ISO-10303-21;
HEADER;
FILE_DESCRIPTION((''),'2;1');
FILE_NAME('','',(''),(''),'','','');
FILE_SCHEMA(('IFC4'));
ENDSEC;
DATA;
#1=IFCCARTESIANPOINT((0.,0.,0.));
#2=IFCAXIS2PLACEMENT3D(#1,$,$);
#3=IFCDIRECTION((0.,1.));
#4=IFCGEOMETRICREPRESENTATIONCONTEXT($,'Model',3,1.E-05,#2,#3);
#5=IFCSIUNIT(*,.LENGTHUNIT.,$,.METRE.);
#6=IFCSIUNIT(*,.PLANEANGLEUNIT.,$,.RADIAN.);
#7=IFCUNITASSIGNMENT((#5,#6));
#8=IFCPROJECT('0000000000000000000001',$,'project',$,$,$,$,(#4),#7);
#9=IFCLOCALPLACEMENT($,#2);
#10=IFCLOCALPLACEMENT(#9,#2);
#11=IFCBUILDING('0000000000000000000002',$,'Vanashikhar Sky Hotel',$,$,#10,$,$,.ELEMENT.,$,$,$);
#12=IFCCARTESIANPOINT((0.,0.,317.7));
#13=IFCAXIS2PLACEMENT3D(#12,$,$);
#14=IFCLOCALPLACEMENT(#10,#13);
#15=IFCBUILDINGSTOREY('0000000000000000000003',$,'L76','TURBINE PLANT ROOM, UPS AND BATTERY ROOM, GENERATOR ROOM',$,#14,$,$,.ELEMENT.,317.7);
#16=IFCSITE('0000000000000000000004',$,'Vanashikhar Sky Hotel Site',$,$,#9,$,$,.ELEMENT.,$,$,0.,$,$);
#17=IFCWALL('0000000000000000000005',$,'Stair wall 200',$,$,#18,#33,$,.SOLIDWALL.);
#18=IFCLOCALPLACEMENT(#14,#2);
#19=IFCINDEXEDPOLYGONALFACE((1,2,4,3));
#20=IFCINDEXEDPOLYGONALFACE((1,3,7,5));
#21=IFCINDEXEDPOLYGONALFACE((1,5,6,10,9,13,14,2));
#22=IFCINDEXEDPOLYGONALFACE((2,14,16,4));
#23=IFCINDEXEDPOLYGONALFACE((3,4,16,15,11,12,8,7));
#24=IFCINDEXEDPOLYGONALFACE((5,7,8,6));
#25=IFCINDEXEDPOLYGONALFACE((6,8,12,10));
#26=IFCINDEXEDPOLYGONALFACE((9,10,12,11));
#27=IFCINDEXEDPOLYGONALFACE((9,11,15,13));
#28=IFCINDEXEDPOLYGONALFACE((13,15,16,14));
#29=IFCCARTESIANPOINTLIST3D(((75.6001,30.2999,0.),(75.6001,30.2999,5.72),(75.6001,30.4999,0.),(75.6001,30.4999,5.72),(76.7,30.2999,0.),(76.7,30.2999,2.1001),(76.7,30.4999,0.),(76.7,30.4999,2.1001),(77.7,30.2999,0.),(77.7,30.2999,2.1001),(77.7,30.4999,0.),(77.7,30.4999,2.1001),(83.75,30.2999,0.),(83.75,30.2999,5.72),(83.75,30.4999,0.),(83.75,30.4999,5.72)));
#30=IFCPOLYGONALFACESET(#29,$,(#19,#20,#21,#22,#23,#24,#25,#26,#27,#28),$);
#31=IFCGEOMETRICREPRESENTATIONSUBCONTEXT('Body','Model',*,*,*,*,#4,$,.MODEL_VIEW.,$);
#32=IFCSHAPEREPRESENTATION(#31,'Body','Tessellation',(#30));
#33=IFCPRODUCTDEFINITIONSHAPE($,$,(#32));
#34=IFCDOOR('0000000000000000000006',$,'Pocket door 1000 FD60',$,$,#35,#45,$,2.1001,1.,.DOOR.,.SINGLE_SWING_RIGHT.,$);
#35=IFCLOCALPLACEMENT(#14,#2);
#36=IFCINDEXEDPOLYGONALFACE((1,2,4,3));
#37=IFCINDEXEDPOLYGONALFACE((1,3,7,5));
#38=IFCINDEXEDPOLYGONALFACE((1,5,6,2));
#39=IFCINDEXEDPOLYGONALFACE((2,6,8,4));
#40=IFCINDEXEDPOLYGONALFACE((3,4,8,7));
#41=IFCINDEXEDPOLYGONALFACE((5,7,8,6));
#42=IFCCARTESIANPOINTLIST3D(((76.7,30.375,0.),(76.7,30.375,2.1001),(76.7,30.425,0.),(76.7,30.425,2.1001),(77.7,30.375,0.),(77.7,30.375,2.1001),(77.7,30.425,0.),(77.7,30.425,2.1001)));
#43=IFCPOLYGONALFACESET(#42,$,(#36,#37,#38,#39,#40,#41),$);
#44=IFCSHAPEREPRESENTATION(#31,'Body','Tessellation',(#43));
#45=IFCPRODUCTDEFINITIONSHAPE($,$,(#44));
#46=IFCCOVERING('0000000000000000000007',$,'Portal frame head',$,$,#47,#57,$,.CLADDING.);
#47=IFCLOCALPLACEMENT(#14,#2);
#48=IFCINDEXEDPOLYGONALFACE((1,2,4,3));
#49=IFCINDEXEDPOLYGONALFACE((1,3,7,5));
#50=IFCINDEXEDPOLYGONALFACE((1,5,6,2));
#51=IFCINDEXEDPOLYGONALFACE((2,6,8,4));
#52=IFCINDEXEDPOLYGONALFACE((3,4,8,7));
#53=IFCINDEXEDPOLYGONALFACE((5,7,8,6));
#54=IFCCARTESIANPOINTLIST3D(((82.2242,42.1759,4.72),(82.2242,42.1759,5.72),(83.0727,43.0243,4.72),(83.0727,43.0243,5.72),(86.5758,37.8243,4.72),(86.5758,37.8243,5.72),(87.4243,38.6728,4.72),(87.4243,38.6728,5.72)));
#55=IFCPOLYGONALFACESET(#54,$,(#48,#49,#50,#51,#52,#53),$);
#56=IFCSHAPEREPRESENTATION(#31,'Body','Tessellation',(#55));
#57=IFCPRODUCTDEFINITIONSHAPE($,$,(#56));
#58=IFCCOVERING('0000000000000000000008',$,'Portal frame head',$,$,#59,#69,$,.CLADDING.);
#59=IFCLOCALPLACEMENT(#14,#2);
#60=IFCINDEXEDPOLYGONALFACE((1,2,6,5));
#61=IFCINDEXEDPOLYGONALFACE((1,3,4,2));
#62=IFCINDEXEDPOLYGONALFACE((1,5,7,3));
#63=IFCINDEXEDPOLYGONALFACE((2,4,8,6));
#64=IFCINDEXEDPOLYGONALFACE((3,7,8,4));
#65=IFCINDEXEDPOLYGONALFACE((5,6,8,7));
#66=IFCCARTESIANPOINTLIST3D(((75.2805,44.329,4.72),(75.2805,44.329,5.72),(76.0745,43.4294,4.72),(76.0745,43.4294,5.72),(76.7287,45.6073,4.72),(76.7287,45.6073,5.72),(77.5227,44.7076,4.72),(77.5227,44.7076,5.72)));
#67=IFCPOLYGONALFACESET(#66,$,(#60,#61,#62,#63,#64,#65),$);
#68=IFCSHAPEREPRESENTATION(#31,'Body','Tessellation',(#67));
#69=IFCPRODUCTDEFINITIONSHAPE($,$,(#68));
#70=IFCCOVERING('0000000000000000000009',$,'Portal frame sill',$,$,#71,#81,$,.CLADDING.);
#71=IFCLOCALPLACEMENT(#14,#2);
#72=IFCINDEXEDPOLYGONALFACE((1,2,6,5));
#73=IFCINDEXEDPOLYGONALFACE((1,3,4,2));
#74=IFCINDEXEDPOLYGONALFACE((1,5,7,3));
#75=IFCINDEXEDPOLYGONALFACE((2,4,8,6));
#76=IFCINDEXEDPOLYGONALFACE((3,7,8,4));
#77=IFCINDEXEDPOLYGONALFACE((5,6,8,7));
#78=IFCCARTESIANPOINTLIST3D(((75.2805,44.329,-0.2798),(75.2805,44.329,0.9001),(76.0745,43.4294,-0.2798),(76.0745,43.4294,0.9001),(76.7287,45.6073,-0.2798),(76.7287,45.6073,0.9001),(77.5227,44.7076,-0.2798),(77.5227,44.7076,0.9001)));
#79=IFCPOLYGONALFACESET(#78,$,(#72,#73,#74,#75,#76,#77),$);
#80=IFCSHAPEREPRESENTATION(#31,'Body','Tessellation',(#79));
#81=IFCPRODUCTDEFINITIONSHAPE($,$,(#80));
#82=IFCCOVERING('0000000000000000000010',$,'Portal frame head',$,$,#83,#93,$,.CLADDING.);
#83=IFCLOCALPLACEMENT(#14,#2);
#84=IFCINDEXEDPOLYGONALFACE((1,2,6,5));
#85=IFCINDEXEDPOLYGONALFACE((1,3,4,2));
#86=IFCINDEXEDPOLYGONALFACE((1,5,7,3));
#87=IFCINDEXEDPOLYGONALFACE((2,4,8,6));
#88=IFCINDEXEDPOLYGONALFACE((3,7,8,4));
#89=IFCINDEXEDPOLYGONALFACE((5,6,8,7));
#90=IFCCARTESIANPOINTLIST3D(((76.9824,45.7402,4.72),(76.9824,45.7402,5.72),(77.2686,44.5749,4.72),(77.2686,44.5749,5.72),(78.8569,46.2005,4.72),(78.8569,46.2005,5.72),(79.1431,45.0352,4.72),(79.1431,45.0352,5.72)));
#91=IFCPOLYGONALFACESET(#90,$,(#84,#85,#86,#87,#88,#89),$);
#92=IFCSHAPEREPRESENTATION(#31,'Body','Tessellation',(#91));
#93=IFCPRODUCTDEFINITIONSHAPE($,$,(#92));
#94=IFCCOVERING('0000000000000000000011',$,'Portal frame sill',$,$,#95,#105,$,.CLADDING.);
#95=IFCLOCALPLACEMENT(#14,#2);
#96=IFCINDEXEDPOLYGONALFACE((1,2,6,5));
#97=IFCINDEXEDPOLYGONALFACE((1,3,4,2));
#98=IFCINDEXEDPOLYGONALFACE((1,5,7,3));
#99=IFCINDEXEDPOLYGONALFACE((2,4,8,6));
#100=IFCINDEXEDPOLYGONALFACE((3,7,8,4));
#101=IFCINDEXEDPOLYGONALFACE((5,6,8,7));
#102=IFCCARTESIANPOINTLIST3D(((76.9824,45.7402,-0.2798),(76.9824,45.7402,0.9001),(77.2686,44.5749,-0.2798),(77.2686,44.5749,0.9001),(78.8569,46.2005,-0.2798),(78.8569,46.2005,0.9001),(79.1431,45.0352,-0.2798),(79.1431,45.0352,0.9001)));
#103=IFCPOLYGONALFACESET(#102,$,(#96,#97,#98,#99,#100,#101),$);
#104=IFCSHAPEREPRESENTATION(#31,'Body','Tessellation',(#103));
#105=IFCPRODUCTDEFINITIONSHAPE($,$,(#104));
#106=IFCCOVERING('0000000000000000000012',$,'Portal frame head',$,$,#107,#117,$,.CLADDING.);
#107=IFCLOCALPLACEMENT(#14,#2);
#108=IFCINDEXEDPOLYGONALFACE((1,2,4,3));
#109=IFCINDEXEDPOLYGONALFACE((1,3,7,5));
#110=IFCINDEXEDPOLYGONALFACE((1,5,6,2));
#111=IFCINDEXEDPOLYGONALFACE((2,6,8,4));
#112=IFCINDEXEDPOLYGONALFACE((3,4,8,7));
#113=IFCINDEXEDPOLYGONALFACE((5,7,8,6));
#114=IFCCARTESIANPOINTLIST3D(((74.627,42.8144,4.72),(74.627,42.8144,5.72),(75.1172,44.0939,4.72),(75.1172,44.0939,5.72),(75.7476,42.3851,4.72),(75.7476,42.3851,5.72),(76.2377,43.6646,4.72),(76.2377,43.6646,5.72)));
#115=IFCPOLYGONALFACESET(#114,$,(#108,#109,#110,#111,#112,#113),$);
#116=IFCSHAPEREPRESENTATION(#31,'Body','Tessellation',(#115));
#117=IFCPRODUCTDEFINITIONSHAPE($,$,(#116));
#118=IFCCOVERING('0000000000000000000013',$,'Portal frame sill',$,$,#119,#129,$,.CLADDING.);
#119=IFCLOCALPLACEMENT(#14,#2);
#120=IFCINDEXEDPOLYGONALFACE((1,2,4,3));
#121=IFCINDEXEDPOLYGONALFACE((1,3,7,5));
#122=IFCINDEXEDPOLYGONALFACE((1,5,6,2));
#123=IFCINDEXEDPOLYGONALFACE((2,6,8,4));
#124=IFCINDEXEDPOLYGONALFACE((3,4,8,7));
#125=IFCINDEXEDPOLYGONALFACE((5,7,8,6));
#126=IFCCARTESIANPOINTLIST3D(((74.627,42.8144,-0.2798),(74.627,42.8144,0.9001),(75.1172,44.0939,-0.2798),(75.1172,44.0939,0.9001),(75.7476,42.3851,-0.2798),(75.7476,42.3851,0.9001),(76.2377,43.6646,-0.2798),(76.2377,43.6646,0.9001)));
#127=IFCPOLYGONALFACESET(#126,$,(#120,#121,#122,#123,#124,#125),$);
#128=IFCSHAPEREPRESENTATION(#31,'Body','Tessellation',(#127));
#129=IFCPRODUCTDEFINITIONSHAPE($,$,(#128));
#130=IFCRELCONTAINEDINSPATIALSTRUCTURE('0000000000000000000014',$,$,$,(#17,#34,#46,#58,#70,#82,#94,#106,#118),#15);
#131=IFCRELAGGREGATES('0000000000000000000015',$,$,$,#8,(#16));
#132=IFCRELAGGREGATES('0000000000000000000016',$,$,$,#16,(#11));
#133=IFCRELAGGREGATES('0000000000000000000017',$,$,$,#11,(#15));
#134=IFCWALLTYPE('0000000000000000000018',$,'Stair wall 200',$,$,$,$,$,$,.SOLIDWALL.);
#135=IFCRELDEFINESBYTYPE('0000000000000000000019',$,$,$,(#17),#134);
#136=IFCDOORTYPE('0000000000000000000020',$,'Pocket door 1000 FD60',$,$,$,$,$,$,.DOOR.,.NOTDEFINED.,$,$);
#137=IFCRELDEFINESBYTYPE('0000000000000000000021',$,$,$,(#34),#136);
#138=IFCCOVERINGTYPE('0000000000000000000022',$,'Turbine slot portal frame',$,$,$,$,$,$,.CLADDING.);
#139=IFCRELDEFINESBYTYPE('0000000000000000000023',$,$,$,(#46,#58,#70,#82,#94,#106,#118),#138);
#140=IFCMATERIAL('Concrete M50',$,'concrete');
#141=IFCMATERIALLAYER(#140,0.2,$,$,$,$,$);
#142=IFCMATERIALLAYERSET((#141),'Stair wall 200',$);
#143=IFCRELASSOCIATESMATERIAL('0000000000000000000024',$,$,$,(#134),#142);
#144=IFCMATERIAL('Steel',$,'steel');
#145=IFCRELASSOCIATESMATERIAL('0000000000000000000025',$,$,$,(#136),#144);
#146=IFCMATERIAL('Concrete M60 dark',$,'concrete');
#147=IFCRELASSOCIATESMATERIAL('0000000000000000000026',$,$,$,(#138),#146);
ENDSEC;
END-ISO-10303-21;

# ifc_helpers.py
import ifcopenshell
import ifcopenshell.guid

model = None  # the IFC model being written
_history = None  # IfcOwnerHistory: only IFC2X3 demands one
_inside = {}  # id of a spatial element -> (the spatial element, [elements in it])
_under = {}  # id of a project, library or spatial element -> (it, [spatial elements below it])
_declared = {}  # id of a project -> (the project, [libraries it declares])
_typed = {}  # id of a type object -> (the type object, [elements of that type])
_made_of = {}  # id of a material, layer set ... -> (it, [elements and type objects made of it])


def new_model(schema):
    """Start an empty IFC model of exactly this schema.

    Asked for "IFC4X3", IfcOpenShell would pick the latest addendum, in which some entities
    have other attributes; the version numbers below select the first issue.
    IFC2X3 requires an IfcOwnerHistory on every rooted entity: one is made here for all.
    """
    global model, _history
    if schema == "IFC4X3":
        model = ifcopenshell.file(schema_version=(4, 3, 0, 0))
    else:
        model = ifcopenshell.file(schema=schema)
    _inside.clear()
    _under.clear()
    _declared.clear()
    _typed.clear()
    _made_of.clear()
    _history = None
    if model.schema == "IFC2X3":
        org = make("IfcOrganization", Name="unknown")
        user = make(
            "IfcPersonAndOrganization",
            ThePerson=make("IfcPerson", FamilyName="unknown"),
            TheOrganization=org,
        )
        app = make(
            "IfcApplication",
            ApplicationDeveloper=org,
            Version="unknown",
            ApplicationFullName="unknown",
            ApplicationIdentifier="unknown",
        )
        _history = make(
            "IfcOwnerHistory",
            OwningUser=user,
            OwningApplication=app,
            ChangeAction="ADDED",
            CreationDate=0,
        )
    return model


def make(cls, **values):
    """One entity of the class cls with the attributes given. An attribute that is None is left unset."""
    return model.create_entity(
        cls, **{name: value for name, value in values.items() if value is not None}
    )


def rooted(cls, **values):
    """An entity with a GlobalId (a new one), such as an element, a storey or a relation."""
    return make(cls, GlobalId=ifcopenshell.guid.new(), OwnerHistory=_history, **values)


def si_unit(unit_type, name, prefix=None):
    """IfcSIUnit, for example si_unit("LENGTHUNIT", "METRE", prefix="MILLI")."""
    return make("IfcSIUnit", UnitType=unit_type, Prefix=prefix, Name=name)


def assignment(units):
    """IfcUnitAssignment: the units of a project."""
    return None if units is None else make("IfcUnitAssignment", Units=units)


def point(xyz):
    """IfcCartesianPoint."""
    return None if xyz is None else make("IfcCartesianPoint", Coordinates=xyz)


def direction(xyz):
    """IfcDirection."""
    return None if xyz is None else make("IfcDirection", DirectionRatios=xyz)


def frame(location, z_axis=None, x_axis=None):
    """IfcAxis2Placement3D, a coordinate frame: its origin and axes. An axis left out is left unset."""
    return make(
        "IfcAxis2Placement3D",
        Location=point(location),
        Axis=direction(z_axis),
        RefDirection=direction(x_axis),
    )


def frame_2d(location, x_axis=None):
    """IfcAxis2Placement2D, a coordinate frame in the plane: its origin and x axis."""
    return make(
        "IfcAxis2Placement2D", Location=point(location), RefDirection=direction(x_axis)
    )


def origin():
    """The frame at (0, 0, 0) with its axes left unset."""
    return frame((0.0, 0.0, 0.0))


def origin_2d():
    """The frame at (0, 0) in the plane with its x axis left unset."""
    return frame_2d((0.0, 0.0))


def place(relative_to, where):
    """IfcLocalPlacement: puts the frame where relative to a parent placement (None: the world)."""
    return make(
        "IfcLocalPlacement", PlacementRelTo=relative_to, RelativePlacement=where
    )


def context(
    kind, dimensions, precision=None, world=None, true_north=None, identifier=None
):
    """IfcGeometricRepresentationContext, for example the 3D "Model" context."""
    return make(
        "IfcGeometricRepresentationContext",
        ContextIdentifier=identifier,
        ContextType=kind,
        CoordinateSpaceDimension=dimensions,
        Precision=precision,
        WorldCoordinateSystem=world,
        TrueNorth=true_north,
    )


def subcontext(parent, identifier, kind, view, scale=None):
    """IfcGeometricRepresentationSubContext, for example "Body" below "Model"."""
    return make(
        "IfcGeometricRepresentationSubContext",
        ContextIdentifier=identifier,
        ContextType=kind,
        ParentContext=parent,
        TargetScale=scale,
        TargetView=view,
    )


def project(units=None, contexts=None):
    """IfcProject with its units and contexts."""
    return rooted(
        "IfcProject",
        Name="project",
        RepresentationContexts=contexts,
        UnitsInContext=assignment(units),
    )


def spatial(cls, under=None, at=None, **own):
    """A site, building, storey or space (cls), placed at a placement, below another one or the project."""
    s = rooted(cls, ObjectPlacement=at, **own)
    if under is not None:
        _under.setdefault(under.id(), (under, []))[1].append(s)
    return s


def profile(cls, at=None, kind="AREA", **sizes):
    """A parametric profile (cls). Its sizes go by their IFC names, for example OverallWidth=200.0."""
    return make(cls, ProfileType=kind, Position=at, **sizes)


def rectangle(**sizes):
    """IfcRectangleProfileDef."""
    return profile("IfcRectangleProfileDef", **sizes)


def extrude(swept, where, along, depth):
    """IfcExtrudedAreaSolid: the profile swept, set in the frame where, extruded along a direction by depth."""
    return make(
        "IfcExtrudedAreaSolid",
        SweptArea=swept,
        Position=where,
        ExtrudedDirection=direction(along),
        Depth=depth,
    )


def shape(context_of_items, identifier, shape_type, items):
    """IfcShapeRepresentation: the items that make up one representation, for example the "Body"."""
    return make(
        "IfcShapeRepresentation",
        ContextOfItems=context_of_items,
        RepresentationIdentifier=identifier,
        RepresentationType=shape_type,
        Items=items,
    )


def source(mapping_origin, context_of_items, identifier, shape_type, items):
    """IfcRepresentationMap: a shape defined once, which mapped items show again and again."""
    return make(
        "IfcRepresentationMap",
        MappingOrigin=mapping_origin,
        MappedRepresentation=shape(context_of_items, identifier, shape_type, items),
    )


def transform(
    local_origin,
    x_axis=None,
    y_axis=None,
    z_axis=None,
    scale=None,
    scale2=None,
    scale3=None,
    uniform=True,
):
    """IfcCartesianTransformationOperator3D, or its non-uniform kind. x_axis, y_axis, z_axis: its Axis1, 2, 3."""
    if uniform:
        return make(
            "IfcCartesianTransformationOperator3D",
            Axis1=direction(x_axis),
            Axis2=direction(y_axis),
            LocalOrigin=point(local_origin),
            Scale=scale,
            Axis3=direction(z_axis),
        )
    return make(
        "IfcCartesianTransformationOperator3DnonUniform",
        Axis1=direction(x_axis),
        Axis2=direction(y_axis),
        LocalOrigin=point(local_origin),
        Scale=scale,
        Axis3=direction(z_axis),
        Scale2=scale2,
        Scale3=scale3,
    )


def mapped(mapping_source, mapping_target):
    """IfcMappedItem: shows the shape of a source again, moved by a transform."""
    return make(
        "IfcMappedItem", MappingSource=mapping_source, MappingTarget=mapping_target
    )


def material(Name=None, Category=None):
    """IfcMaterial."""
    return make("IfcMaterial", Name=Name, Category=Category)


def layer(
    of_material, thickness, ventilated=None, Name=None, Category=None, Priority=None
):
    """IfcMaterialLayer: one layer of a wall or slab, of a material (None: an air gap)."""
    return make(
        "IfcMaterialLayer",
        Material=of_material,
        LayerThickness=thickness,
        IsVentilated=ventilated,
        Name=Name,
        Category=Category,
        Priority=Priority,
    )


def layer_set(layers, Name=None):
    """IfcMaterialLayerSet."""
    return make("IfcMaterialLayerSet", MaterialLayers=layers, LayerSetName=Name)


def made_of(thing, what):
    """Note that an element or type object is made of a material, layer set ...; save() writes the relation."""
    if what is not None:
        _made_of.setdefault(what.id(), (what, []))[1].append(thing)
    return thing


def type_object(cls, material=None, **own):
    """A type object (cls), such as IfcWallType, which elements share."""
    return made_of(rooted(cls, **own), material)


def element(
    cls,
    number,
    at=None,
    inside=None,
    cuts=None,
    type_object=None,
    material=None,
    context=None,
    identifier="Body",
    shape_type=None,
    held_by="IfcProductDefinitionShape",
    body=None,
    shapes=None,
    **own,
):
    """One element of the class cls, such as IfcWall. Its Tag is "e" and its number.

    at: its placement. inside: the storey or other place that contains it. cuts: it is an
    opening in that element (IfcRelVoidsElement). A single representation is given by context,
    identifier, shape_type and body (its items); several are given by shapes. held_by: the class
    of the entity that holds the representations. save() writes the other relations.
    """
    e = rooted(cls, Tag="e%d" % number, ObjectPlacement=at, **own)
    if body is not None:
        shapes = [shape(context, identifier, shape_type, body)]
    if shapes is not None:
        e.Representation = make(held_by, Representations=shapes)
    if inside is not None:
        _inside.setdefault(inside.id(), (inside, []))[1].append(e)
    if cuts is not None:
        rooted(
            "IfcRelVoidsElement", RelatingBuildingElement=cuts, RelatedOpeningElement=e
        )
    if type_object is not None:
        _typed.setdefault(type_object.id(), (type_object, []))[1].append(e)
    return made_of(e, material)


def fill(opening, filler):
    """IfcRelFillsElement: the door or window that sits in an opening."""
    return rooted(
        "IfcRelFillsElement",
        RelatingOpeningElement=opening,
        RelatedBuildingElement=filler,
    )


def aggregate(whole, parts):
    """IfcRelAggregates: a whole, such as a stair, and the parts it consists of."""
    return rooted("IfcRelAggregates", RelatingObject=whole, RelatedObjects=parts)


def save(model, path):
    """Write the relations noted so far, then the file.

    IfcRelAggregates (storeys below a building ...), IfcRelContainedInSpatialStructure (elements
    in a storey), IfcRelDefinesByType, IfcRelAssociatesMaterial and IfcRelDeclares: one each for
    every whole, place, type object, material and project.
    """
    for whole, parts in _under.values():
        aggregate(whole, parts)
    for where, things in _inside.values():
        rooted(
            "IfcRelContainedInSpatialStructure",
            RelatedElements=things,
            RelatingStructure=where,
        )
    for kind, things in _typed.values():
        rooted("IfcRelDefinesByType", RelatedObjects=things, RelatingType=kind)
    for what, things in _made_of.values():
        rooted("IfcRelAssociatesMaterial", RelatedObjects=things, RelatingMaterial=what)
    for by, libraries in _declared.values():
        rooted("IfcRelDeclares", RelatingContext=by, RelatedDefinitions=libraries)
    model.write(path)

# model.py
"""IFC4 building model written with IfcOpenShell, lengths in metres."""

from ifc_helpers import new_model, si_unit, direction, frame, frame_2d, origin, origin_2d, place, context, subcontext, project, spatial, rectangle, extrude, source, transform, mapped, material, layer, layer_set, type_object, element, fill, save


model = new_model("IFC4")

# Units and contexts
model_context = context("Model", 3, precision=1e-05, world=origin(), true_north=direction((0.0, 1.0)))
body_context = subcontext(model_context, "Body", "Model", "MODEL_VIEW")
ifc_project = project(units=[si_unit("LENGTHUNIT", "METRE"), si_unit("PLANEANGLEUNIT", "RADIAN")], contexts=[model_context])

# Site, building, storey
site_placement = place(None, origin())
site = spatial("IfcSite", under=ifc_project, at=site_placement, Name="Vanashikhar Sky Hotel Site", CompositionType="ELEMENT", RefElevation=0.0)
building_placement = place(site_placement, origin())
building = spatial("IfcBuilding", under=site, at=building_placement, Name="Vanashikhar Sky Hotel", CompositionType="ELEMENT")
storey_placement = place(building_placement, frame((0.0, 0.0, 317.7)))
storey = spatial("IfcBuildingStorey", under=building, at=storey_placement, Name="L76", Description="TURBINE PLANT ROOM, UPS AND BATTERY ROOM, GENERATOR ROOM", CompositionType="ELEMENT", Elevation=317.7)

# Wall, opening, door
ifc_material_1 = material(Name="Concrete M50", Category="concrete")
ifc_layer = layer(ifc_material_1, 0.2)
ifc_layer_set = layer_set([ifc_layer], Name="Stair wall 200")
wall_type = type_object("IfcWallType", Name="Stair wall 200", PredefinedType="SOLIDWALL", material=ifc_layer_set)
shared_shape_1 = source(origin(), body_context, "Body", "SweptSolid", [
    extrude(rectangle(XDim=8.1499, YDim=0.2, at=frame_2d((4.075, 0.0))), origin(), (0.0, 0.0, 1.0), 5.72),
])
wall_placement = place(storey_placement, frame((83.75, 30.3999, 0.0), z_axis=(0.0, 0.0, 1.0), x_axis=(-1.0, 0.0, 0.0)))
wall = element("IfcWall", 1, at=wall_placement, inside=storey, type_object=wall_type, Name="Stair wall 200", PredefinedType="SOLIDWALL", context=body_context, shape_type="MappedRepresentation", body=[
    mapped(shared_shape_1, transform((0.0, 0.0, 0.0), scale=1.0)),
])
shared_shape_2 = source(origin(), body_context, "Body", "SweptSolid", [
    extrude(rectangle(XDim=1.0, YDim=2.1001, at=frame_2d((0.5, 1.05))), frame((0.0, 0.1099, 0.0), z_axis=(0.0, -1.0, 0.0), x_axis=(1.0, 0.0, 0.0)), (0.0, 0.0, 1.0), 0.22),
])
opening_placement = place(wall_placement, frame((6.05, 0.0, 0.0)))
opening = element("IfcOpeningElement", 2, at=opening_placement, cuts=wall, PredefinedType="OPENING", context=body_context, shape_type="MappedRepresentation", body=[
    mapped(shared_shape_2, transform((0.0, 0.0, 0.0), scale=1.0)),
])
ifc_material_2 = material(Name="Steel", Category="steel")
door_type = type_object("IfcDoorType", Name="Pocket door 1000 FD60", OperationType="NOTDEFINED", PredefinedType="DOOR", material=ifc_material_2)
shared_shape_3 = source(origin(), body_context, "Body", "SweptSolid", [
    extrude(rectangle(XDim=1.0, YDim=2.1001, at=frame_2d((0.5, 1.05))), frame((0.0, 0.0249, 0.0), z_axis=(0.0, -1.0, 0.0), x_axis=(1.0, 0.0, 0.0)), (0.0, 0.0, 1.0), 0.05),
])
door_placement = place(opening_placement, origin())
door = element("IfcDoor", 3, at=door_placement, inside=storey, type_object=door_type, Name="Pocket door 1000 FD60", OperationType="SINGLE_SWING_RIGHT", OverallHeight=2.1001, OverallWidth=1.0, PredefinedType="DOOR", context=body_context, shape_type="MappedRepresentation", body=[
    mapped(shared_shape_3, transform((0.0, 0.0, 0.0), scale=1.0)),
])
fill(opening, door)

# Coverings
ifc_material_3 = material(Name="Concrete M60 dark", Category="concrete")
covering_type = type_object("IfcCoveringType", Name="Turbine slot portal frame", PredefinedType="CLADDING", material=ifc_material_3)
shared_shape_4 = source(origin(), body_context, "Body", "SweptSolid", [
    extrude(rectangle(XDim=6.1541, YDim=1.2, at=origin_2d()), origin(), (0.0, 0.0, 1.0), 1.0),
])
covering_1_placement = place(storey_placement, frame((84.8242, 40.4243, 4.72), z_axis=(0.0, 0.0, 1.0), x_axis=(-0.707107, 0.707107, 0.0)))
element("IfcCovering", 4, at=covering_1_placement, inside=storey, type_object=covering_type, Name="Portal frame head", PredefinedType="CLADDING", context=body_context, shape_type="MappedRepresentation", body=[
    mapped(shared_shape_4, transform((0.0, 0.0, 0.0), scale=1.0)),
])
shared_shape_5 = source(origin(), body_context, "Body", "SweptSolid", [
    extrude(rectangle(XDim=1.9316, YDim=1.2, at=origin_2d()), origin(), (0.0, 0.0, 1.0), 1.0),
])
covering_2_placement = place(storey_placement, frame((76.4016, 44.5183, 4.72), z_axis=(0.0, 0.0, 1.0), x_axis=(-0.749742, -0.661731, 0.0)))
element("IfcCovering", 5, at=covering_2_placement, inside=storey, type_object=covering_type, Name="Portal frame head", PredefinedType="CLADDING", context=body_context, shape_type="MappedRepresentation", body=[
    mapped(shared_shape_5, transform((0.0, 0.0, 0.0), scale=1.0)),
])
shared_shape_6 = source(origin(), body_context, "Body", "SweptSolid", [
    extrude(rectangle(XDim=1.9316, YDim=1.2, at=origin_2d()), origin(), (0.0, 0.0, 1.0), 1.1799),
])
covering_3_placement = place(storey_placement, frame((76.4016, 44.5183, -0.2798), z_axis=(0.0, 0.0, 1.0), x_axis=(-0.749742, -0.661731, 0.0)))
element("IfcCovering", 6, at=covering_3_placement, inside=storey, type_object=covering_type, Name="Portal frame sill", PredefinedType="CLADDING", context=body_context, shape_type="MappedRepresentation", body=[
    mapped(shared_shape_6, transform((0.0, 0.0, 0.0), scale=1.0)),
])
shared_shape_7 = source(origin(), body_context, "Body", "SweptSolid", [
    extrude(rectangle(XDim=1.9302, YDim=1.2, at=origin_2d()), origin(), (0.0, 0.0, 1.0), 1.0),
])
covering_4_placement = place(storey_placement, frame((78.0627, 45.3877, 4.72), z_axis=(0.0, 0.0, 1.0), x_axis=(-0.971147, -0.238483, 0.0)))
element("IfcCovering", 7, at=covering_4_placement, inside=storey, type_object=covering_type, Name="Portal frame head", PredefinedType="CLADDING", context=body_context, shape_type="MappedRepresentation", body=[
    mapped(shared_shape_7, transform((0.0, 0.0, 0.0), scale=1.0)),
])
shared_shape_8 = source(origin(), body_context, "Body", "SweptSolid", [
    extrude(rectangle(XDim=1.9302, YDim=1.2, at=origin_2d()), origin(), (0.0, 0.0, 1.0), 1.1799),
])
covering_5_placement = place(storey_placement, frame((78.0627, 45.3877, -0.2798), z_axis=(0.0, 0.0, 1.0), x_axis=(-0.971147, -0.238483, 0.0)))
element("IfcCovering", 8, at=covering_5_placement, inside=storey, type_object=covering_type, Name="Portal frame sill", PredefinedType="CLADDING", context=body_context, shape_type="MappedRepresentation", body=[
    mapped(shared_shape_8, transform((0.0, 0.0, 0.0), scale=1.0)),
])
shared_shape_9 = source(origin(), body_context, "Body", "SweptSolid", [
    extrude(rectangle(XDim=1.3701, YDim=1.2, at=origin_2d()), origin(), (0.0, 0.0, 1.0), 1.0),
])
covering_6_placement = place(storey_placement, frame((75.4324, 43.2395, 4.72), z_axis=(0.0, 0.0, 1.0), x_axis=(-0.357749, -0.933818, 0.0)))
element("IfcCovering", 9, at=covering_6_placement, inside=storey, type_object=covering_type, Name="Portal frame head", PredefinedType="CLADDING", context=body_context, shape_type="MappedRepresentation", body=[
    mapped(shared_shape_9, transform((0.0, 0.0, 0.0), scale=1.0)),
])
shared_shape_10 = source(origin(), body_context, "Body", "SweptSolid", [
    extrude(rectangle(XDim=1.3701, YDim=1.2, at=origin_2d()), origin(), (0.0, 0.0, 1.0), 1.1799),
])
covering_7_placement = place(storey_placement, frame((75.4324, 43.2395, -0.2798), z_axis=(0.0, 0.0, 1.0), x_axis=(-0.357749, -0.933818, 0.0)))
element("IfcCovering", 10, at=covering_7_placement, inside=storey, type_object=covering_type, Name="Portal frame sill", PredefinedType="CLADDING", context=body_context, shape_type="MappedRepresentation", body=[
    mapped(shared_shape_10, transform((0.0, 0.0, 0.0), scale=1.0)),
])

save(model, "model.ifc")
